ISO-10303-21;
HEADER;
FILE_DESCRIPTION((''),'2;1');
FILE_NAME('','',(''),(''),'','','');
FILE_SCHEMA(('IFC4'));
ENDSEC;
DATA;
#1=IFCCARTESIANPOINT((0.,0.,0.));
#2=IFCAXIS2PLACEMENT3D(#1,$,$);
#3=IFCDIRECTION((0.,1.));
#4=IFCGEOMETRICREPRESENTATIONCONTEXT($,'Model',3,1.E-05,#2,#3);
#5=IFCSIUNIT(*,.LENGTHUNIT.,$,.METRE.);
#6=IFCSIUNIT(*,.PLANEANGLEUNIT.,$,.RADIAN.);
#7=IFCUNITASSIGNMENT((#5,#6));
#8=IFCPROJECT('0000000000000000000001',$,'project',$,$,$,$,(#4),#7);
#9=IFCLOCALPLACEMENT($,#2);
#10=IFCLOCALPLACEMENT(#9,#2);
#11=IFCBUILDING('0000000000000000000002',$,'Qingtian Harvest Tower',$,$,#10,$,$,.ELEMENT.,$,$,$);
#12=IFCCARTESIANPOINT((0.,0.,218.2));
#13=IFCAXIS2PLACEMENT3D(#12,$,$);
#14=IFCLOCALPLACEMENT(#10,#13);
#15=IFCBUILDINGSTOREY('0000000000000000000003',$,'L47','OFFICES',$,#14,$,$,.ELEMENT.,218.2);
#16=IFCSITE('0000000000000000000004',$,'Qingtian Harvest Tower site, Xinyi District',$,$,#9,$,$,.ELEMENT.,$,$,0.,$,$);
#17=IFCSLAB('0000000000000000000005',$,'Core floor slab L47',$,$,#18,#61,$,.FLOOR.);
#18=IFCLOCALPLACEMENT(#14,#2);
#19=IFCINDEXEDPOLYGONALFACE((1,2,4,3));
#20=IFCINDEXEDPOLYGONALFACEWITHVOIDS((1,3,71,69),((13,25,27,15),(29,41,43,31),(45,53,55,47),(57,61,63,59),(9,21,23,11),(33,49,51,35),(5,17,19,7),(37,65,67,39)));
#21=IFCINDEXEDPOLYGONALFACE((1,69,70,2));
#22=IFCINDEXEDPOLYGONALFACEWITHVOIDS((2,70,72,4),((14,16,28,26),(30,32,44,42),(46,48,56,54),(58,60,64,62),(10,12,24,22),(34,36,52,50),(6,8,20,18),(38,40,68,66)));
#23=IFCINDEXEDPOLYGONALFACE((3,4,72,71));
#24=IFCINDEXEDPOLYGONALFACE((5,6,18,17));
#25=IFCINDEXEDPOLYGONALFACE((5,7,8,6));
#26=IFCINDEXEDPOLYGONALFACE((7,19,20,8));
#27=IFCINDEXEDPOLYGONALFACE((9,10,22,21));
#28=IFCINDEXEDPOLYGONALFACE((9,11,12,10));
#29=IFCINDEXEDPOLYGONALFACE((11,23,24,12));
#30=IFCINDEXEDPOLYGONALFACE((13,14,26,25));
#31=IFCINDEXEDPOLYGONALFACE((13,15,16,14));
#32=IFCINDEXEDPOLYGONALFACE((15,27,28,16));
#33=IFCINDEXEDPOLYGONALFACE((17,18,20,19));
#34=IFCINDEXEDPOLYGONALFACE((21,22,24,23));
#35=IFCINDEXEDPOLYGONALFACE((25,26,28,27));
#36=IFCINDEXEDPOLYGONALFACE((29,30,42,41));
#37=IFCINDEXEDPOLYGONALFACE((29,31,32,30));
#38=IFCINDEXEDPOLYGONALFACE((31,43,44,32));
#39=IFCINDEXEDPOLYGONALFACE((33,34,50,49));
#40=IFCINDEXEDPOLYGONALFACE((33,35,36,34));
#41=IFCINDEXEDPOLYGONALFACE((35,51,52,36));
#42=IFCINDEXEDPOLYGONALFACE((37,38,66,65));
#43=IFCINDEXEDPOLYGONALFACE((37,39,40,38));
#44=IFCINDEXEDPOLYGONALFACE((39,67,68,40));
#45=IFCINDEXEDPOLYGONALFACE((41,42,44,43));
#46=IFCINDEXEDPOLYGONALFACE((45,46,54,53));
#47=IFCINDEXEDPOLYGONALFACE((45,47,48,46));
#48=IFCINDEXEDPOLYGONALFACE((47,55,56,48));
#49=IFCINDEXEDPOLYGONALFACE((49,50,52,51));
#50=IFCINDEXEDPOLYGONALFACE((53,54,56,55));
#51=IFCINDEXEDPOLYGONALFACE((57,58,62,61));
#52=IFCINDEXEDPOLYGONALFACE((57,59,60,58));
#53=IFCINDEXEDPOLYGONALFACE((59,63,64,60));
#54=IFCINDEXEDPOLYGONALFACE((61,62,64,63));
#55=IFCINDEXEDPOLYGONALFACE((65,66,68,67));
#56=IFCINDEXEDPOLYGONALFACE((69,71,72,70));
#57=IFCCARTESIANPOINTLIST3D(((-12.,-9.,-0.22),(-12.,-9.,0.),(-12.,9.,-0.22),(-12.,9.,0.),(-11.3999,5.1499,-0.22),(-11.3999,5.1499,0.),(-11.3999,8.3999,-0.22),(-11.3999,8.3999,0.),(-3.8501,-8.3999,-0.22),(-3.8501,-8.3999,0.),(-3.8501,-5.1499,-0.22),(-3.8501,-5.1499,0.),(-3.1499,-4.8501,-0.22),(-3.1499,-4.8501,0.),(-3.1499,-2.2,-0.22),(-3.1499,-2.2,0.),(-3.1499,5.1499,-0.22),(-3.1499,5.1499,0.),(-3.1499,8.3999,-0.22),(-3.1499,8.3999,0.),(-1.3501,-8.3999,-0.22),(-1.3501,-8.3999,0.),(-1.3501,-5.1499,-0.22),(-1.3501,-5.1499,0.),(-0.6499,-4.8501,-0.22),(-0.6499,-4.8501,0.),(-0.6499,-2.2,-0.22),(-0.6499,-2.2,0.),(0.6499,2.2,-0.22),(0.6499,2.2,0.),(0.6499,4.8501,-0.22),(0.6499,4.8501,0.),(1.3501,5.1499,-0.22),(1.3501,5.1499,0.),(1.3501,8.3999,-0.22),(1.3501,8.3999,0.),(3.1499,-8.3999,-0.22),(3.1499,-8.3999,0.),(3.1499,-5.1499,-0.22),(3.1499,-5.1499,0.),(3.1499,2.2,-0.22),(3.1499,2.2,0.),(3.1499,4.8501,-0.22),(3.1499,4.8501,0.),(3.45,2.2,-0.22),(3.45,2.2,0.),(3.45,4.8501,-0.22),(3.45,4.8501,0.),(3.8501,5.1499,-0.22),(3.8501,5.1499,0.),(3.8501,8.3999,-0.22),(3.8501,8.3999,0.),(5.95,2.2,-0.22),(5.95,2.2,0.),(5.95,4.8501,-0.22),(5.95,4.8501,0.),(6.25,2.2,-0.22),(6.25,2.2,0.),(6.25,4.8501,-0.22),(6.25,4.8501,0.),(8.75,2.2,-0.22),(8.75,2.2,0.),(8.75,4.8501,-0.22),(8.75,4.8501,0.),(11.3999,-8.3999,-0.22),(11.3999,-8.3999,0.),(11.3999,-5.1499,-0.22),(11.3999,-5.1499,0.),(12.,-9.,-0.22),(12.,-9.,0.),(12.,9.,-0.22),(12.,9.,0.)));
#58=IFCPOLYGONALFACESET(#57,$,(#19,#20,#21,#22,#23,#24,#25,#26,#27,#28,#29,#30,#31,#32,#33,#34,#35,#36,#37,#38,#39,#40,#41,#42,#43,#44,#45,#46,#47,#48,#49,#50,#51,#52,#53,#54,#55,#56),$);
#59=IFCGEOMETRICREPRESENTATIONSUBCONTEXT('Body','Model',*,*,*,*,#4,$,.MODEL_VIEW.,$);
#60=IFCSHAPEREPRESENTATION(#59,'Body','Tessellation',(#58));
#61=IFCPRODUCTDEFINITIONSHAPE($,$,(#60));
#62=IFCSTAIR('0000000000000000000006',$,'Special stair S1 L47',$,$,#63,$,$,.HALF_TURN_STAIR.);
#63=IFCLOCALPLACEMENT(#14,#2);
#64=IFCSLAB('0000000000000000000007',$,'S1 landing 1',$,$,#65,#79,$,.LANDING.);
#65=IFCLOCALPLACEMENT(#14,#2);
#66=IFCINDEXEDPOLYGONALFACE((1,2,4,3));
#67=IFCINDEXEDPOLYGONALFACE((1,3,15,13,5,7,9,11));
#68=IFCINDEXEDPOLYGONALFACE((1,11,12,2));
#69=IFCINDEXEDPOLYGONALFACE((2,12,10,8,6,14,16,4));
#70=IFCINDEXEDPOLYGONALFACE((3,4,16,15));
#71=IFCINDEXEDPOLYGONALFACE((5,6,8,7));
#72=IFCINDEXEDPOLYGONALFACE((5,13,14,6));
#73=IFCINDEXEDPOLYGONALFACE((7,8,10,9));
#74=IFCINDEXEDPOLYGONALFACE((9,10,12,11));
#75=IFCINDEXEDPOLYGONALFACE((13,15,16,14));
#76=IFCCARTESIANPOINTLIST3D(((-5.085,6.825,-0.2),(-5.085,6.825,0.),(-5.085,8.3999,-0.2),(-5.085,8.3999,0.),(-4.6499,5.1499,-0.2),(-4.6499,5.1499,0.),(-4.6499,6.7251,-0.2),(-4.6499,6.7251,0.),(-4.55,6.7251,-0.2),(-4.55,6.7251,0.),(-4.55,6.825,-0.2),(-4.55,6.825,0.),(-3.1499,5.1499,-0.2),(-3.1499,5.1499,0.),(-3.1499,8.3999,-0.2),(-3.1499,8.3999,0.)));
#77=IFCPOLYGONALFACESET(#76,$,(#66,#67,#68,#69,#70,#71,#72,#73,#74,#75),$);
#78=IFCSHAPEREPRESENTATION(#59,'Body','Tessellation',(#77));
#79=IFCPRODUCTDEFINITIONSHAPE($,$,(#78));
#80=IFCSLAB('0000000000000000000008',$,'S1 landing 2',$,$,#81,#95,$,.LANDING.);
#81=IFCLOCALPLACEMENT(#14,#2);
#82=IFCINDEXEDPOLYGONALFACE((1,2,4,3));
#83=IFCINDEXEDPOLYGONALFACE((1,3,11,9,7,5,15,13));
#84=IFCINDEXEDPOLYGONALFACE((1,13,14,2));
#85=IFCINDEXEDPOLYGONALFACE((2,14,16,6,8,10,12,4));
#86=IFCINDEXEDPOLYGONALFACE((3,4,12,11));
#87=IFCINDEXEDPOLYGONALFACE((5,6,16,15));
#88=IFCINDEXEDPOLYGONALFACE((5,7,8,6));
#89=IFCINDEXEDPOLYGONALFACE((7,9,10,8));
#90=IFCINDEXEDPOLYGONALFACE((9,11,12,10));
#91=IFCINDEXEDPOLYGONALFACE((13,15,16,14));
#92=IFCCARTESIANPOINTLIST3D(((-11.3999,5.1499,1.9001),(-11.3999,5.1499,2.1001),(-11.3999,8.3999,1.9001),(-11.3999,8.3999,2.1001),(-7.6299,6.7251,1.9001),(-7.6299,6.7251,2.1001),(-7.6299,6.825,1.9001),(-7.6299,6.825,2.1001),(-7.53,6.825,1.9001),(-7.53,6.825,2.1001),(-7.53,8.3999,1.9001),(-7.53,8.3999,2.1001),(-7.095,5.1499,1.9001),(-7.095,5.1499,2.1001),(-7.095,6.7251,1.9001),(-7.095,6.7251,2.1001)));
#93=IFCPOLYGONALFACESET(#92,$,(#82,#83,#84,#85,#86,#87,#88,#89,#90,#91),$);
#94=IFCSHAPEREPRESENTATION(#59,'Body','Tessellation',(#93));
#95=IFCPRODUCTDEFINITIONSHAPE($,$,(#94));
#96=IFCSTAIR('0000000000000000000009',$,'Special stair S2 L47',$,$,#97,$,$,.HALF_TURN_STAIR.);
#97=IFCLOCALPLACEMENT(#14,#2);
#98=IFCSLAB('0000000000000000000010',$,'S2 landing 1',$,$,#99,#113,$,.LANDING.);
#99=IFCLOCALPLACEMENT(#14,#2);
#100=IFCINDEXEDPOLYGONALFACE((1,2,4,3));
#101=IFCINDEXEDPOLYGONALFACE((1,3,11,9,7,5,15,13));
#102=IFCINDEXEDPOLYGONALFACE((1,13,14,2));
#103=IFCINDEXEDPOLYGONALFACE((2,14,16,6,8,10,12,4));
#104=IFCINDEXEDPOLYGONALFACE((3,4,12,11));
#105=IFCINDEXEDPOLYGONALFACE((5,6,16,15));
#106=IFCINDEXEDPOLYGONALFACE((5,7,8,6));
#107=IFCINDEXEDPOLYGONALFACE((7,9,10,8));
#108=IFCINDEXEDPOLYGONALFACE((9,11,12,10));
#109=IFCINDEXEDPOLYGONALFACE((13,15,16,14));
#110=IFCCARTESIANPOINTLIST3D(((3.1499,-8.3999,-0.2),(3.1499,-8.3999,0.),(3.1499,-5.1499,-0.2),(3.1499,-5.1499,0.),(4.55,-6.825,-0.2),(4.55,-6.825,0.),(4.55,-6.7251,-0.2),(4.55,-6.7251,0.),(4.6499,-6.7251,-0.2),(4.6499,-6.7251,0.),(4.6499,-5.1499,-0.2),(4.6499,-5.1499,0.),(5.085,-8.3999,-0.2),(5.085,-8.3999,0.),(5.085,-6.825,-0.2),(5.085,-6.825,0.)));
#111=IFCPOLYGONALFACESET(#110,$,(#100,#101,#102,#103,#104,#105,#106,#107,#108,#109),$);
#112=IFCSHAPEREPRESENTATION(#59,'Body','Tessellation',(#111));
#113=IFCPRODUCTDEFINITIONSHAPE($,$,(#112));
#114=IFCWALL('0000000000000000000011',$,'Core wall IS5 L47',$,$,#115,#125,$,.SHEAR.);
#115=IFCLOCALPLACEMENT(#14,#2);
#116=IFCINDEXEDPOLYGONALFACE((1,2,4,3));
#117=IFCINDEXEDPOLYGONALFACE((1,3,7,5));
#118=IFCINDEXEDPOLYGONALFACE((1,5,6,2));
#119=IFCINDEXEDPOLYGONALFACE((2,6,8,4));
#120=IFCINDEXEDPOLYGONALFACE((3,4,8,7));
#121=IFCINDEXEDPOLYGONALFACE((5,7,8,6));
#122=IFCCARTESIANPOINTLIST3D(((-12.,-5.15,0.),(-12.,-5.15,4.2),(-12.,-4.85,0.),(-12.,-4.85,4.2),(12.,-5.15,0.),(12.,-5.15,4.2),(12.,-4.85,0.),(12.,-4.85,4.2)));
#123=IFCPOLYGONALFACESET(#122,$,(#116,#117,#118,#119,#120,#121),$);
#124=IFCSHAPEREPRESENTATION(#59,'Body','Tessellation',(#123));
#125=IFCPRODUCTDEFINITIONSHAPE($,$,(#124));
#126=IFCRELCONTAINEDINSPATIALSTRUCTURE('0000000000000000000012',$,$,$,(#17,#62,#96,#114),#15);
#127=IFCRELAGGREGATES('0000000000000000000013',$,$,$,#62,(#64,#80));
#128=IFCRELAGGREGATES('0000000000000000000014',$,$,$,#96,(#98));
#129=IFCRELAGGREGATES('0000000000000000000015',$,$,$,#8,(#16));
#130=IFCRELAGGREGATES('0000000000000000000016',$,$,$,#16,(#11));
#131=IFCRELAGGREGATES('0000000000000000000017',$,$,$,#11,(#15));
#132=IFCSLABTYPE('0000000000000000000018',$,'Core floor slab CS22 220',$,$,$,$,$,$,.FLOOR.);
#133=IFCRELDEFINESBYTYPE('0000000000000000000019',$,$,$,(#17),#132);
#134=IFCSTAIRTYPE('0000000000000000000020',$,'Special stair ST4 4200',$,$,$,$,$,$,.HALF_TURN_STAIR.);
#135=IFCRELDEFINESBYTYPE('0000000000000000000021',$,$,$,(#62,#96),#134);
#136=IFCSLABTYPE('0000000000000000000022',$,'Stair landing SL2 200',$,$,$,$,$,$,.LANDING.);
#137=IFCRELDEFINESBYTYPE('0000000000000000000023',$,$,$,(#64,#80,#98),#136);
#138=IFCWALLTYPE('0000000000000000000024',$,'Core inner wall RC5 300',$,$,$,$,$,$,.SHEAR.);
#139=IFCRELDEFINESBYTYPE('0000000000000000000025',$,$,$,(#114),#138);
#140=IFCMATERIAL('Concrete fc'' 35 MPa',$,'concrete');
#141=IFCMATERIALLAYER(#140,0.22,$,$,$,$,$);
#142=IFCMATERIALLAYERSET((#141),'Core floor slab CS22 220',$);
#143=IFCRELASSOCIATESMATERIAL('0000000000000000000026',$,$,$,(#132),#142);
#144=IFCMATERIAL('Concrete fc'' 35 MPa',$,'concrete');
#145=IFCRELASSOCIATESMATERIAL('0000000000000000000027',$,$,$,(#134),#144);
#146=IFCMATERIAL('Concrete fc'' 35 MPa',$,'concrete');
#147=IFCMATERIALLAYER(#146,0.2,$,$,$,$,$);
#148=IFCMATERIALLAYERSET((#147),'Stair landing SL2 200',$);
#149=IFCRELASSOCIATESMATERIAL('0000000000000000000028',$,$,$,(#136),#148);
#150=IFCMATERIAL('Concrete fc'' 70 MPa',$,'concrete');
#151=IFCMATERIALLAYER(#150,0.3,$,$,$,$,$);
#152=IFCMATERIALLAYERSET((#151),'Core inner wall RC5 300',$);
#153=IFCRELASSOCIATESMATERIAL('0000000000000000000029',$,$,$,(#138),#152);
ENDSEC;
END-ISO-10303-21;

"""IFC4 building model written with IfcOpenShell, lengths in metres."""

from ifc_helpers import new_model, si_unit, direction, frame, frame_2d, origin, place, context, subcontext, project, spatial, polyline, rectangle, outline, extrude, material, layer, layer_set, type_object, element, aggregate, save


model = new_model("IFC4")

# Units and contexts
model_context = context("Model", 3, precision=1e-05, world=origin(), true_north=direction((0.0, 1.0)))
body_context = subcontext(model_context, "Body", "Model", "MODEL_VIEW")
ifc_project = project(units=[si_unit("LENGTHUNIT", "METRE"), si_unit("PLANEANGLEUNIT", "RADIAN")], contexts=[model_context])

# Site, building, storey
site_placement = place(None, origin())
site = spatial("IfcSite", under=ifc_project, at=site_placement, Name="Qingtian Harvest Tower site, Xinyi District", CompositionType="ELEMENT", RefElevation=0.0)
building_placement = place(site_placement, origin())
building = spatial("IfcBuilding", under=site, at=building_placement, Name="Qingtian Harvest Tower", CompositionType="ELEMENT")
storey_placement = place(building_placement, frame((0.0, 0.0, 218.2)))
storey = spatial("IfcBuildingStorey", under=building, at=storey_placement, Name="L47", Description="OFFICES", CompositionType="ELEMENT", Elevation=218.2)

# Slab
ifc_material_1 = material(Name="Concrete fc' 35 MPa", Category="concrete")
ifc_layer_1 = layer(ifc_material_1, 0.22)
ifc_layer_set_1 = layer_set([ifc_layer_1], Name="Core floor slab CS22 220")
slab_type_1 = type_object("IfcSlabType", Name="Core floor slab CS22 220", PredefinedType="FLOOR", material=ifc_layer_set_1)
slab_1_placement = place(storey_placement, frame((0.0, 0.0, -0.22)))
element("IfcSlab", 1, at=slab_1_placement, inside=storey, type_object=slab_type_1, Name="Core floor slab L47", PredefinedType="FLOOR", context=body_context, shape_type="SweptSolid", body=[
    extrude(outline(polyline([(-12.0, -9.0), (12.0, -9.0), (12.0, 9.0), (-12.0, 9.0), (-12.0, -9.0)]), holes=[polyline([(-11.3999, 5.1499), (-3.1499, 5.1499), (-3.1499, 8.3999), (-11.3999, 8.3999), (-11.3999, 5.1499)]), polyline([(3.1499, -8.3999), (11.3999, -8.3999), (11.3999, -5.1499), (3.1499, -5.1499), (3.1499, -8.3999)]), polyline([(1.3501, 5.1499), (3.8501, 5.1499), (3.8501, 8.3999), (1.3501, 8.3999), (1.3501, 5.1499)]), polyline([(-3.8501, -8.3999), (-1.3501, -8.3999), (-1.3501, -5.1499), (-3.8501, -5.1499), (-3.8501, -8.3999)]), polyline([(0.6499, 2.2), (3.1499, 2.2), (3.1499, 4.8501), (0.6499, 4.8501), (0.6499, 2.2)]), polyline([(3.45, 2.2), (5.95, 2.2), (5.95, 4.8501), (3.45, 4.8501), (3.45, 2.2)]), polyline([(6.25, 2.2), (8.75, 2.2), (8.75, 4.8501), (6.25, 4.8501), (6.25, 2.2)]), polyline([(-3.1499, -4.8501), (-0.6499, -4.8501), (-0.6499, -2.2), (-3.1499, -2.2), (-3.1499, -4.8501)])]), origin(), (0.0, 0.0, 1.0), 0.22),
])

# Stair, slabs
ifc_material_2 = material(Name="Concrete fc' 35 MPa", Category="concrete")
stair_type = type_object("IfcStairType", Name="Special stair ST4 4200", PredefinedType="HALF_TURN_STAIR", material=ifc_material_2)
stair_1_placement = place(storey_placement, origin())
stair_1 = element("IfcStair", 2, at=stair_1_placement, inside=storey, type_object=stair_type, Name="Special stair S1 L47", PredefinedType="HALF_TURN_STAIR")
ifc_material_3 = material(Name="Concrete fc' 35 MPa", Category="concrete")
ifc_layer_2 = layer(ifc_material_3, 0.2)
ifc_layer_set_2 = layer_set([ifc_layer_2], Name="Stair landing SL2 200")
slab_type_2 = type_object("IfcSlabType", Name="Stair landing SL2 200", PredefinedType="LANDING", material=ifc_layer_set_2)
slab_2_placement = place(storey_placement, frame((0.0, 0.0, -0.2)))
slab_2 = element("IfcSlab", 3, at=slab_2_placement, type_object=slab_type_2, Name="S1 landing 1", PredefinedType="LANDING", context=body_context, shape_type="SweptSolid", body=[
    extrude(outline(polyline([(-4.6499, 5.1499), (-4.6499, 6.7251), (-4.55, 6.7251), (-4.55, 6.825), (-5.085, 6.825), (-5.085, 8.3999), (-3.1499, 8.3999), (-3.1499, 5.1499), (-4.6499, 5.1499)])), origin(), (0.0, 0.0, 1.0), 0.2),
])
slab_3_placement = place(storey_placement, frame((0.0, 0.0, 1.9001)))
slab_3 = element("IfcSlab", 4, at=slab_3_placement, type_object=slab_type_2, Name="S1 landing 2", PredefinedType="LANDING", context=body_context, shape_type="SweptSolid", body=[
    extrude(outline(polyline([(-7.095, 5.1499), (-11.3999, 5.1499), (-11.3999, 8.3999), (-7.53, 8.3999), (-7.53, 6.825), (-7.6299, 6.825), (-7.6299, 6.7251), (-7.095, 6.7251), (-7.095, 5.1499)])), origin(), (0.0, 0.0, 1.0), 0.2),
])
aggregate(stair_1, [slab_2, slab_3])

# Stair, slab
stair_2_placement = place(storey_placement, origin())
stair_2 = element("IfcStair", 5, at=stair_2_placement, inside=storey, type_object=stair_type, Name="Special stair S2 L47", PredefinedType="HALF_TURN_STAIR")
slab_4_placement = place(storey_placement, frame((0.0, 0.0, -0.2)))
slab_4 = element("IfcSlab", 6, at=slab_4_placement, type_object=slab_type_2, Name="S2 landing 1", PredefinedType="LANDING", context=body_context, shape_type="SweptSolid", body=[
    extrude(outline(polyline([(5.085, -8.3999), (3.1499, -8.3999), (3.1499, -5.1499), (4.6499, -5.1499), (4.6499, -6.7251), (4.55, -6.7251), (4.55, -6.825), (5.085, -6.825), (5.085, -8.3999)])), origin(), (0.0, 0.0, 1.0), 0.2),
])
aggregate(stair_2, [slab_4])

# Wall
ifc_material_4 = material(Name="Concrete fc' 70 MPa", Category="concrete")
ifc_layer_3 = layer(ifc_material_4, 0.3)
ifc_layer_set_3 = layer_set([ifc_layer_3], Name="Core inner wall RC5 300")
wall_type_1 = type_object("IfcWallType", Name="Core inner wall RC5 300", PredefinedType="SHEAR", material=ifc_layer_set_3)
wall_1_placement = place(storey_placement, frame((-12.0, -5.0, 0.0), z_axis=(0.0, 0.0, 1.0), x_axis=(1.0, 0.0, 0.0)))
element("IfcWall", 7, at=wall_1_placement, inside=storey, type_object=wall_type_1, Name="Core wall IS5 L47", PredefinedType="SHEAR", context=body_context, shape_type="SweptSolid", body=[
    extrude(rectangle(XDim=24.0, YDim=0.3, at=frame_2d((12.0, 0.0))), origin(), (0.0, 0.0, 1.0), 4.2),
])

save(model, "model.ifc")
